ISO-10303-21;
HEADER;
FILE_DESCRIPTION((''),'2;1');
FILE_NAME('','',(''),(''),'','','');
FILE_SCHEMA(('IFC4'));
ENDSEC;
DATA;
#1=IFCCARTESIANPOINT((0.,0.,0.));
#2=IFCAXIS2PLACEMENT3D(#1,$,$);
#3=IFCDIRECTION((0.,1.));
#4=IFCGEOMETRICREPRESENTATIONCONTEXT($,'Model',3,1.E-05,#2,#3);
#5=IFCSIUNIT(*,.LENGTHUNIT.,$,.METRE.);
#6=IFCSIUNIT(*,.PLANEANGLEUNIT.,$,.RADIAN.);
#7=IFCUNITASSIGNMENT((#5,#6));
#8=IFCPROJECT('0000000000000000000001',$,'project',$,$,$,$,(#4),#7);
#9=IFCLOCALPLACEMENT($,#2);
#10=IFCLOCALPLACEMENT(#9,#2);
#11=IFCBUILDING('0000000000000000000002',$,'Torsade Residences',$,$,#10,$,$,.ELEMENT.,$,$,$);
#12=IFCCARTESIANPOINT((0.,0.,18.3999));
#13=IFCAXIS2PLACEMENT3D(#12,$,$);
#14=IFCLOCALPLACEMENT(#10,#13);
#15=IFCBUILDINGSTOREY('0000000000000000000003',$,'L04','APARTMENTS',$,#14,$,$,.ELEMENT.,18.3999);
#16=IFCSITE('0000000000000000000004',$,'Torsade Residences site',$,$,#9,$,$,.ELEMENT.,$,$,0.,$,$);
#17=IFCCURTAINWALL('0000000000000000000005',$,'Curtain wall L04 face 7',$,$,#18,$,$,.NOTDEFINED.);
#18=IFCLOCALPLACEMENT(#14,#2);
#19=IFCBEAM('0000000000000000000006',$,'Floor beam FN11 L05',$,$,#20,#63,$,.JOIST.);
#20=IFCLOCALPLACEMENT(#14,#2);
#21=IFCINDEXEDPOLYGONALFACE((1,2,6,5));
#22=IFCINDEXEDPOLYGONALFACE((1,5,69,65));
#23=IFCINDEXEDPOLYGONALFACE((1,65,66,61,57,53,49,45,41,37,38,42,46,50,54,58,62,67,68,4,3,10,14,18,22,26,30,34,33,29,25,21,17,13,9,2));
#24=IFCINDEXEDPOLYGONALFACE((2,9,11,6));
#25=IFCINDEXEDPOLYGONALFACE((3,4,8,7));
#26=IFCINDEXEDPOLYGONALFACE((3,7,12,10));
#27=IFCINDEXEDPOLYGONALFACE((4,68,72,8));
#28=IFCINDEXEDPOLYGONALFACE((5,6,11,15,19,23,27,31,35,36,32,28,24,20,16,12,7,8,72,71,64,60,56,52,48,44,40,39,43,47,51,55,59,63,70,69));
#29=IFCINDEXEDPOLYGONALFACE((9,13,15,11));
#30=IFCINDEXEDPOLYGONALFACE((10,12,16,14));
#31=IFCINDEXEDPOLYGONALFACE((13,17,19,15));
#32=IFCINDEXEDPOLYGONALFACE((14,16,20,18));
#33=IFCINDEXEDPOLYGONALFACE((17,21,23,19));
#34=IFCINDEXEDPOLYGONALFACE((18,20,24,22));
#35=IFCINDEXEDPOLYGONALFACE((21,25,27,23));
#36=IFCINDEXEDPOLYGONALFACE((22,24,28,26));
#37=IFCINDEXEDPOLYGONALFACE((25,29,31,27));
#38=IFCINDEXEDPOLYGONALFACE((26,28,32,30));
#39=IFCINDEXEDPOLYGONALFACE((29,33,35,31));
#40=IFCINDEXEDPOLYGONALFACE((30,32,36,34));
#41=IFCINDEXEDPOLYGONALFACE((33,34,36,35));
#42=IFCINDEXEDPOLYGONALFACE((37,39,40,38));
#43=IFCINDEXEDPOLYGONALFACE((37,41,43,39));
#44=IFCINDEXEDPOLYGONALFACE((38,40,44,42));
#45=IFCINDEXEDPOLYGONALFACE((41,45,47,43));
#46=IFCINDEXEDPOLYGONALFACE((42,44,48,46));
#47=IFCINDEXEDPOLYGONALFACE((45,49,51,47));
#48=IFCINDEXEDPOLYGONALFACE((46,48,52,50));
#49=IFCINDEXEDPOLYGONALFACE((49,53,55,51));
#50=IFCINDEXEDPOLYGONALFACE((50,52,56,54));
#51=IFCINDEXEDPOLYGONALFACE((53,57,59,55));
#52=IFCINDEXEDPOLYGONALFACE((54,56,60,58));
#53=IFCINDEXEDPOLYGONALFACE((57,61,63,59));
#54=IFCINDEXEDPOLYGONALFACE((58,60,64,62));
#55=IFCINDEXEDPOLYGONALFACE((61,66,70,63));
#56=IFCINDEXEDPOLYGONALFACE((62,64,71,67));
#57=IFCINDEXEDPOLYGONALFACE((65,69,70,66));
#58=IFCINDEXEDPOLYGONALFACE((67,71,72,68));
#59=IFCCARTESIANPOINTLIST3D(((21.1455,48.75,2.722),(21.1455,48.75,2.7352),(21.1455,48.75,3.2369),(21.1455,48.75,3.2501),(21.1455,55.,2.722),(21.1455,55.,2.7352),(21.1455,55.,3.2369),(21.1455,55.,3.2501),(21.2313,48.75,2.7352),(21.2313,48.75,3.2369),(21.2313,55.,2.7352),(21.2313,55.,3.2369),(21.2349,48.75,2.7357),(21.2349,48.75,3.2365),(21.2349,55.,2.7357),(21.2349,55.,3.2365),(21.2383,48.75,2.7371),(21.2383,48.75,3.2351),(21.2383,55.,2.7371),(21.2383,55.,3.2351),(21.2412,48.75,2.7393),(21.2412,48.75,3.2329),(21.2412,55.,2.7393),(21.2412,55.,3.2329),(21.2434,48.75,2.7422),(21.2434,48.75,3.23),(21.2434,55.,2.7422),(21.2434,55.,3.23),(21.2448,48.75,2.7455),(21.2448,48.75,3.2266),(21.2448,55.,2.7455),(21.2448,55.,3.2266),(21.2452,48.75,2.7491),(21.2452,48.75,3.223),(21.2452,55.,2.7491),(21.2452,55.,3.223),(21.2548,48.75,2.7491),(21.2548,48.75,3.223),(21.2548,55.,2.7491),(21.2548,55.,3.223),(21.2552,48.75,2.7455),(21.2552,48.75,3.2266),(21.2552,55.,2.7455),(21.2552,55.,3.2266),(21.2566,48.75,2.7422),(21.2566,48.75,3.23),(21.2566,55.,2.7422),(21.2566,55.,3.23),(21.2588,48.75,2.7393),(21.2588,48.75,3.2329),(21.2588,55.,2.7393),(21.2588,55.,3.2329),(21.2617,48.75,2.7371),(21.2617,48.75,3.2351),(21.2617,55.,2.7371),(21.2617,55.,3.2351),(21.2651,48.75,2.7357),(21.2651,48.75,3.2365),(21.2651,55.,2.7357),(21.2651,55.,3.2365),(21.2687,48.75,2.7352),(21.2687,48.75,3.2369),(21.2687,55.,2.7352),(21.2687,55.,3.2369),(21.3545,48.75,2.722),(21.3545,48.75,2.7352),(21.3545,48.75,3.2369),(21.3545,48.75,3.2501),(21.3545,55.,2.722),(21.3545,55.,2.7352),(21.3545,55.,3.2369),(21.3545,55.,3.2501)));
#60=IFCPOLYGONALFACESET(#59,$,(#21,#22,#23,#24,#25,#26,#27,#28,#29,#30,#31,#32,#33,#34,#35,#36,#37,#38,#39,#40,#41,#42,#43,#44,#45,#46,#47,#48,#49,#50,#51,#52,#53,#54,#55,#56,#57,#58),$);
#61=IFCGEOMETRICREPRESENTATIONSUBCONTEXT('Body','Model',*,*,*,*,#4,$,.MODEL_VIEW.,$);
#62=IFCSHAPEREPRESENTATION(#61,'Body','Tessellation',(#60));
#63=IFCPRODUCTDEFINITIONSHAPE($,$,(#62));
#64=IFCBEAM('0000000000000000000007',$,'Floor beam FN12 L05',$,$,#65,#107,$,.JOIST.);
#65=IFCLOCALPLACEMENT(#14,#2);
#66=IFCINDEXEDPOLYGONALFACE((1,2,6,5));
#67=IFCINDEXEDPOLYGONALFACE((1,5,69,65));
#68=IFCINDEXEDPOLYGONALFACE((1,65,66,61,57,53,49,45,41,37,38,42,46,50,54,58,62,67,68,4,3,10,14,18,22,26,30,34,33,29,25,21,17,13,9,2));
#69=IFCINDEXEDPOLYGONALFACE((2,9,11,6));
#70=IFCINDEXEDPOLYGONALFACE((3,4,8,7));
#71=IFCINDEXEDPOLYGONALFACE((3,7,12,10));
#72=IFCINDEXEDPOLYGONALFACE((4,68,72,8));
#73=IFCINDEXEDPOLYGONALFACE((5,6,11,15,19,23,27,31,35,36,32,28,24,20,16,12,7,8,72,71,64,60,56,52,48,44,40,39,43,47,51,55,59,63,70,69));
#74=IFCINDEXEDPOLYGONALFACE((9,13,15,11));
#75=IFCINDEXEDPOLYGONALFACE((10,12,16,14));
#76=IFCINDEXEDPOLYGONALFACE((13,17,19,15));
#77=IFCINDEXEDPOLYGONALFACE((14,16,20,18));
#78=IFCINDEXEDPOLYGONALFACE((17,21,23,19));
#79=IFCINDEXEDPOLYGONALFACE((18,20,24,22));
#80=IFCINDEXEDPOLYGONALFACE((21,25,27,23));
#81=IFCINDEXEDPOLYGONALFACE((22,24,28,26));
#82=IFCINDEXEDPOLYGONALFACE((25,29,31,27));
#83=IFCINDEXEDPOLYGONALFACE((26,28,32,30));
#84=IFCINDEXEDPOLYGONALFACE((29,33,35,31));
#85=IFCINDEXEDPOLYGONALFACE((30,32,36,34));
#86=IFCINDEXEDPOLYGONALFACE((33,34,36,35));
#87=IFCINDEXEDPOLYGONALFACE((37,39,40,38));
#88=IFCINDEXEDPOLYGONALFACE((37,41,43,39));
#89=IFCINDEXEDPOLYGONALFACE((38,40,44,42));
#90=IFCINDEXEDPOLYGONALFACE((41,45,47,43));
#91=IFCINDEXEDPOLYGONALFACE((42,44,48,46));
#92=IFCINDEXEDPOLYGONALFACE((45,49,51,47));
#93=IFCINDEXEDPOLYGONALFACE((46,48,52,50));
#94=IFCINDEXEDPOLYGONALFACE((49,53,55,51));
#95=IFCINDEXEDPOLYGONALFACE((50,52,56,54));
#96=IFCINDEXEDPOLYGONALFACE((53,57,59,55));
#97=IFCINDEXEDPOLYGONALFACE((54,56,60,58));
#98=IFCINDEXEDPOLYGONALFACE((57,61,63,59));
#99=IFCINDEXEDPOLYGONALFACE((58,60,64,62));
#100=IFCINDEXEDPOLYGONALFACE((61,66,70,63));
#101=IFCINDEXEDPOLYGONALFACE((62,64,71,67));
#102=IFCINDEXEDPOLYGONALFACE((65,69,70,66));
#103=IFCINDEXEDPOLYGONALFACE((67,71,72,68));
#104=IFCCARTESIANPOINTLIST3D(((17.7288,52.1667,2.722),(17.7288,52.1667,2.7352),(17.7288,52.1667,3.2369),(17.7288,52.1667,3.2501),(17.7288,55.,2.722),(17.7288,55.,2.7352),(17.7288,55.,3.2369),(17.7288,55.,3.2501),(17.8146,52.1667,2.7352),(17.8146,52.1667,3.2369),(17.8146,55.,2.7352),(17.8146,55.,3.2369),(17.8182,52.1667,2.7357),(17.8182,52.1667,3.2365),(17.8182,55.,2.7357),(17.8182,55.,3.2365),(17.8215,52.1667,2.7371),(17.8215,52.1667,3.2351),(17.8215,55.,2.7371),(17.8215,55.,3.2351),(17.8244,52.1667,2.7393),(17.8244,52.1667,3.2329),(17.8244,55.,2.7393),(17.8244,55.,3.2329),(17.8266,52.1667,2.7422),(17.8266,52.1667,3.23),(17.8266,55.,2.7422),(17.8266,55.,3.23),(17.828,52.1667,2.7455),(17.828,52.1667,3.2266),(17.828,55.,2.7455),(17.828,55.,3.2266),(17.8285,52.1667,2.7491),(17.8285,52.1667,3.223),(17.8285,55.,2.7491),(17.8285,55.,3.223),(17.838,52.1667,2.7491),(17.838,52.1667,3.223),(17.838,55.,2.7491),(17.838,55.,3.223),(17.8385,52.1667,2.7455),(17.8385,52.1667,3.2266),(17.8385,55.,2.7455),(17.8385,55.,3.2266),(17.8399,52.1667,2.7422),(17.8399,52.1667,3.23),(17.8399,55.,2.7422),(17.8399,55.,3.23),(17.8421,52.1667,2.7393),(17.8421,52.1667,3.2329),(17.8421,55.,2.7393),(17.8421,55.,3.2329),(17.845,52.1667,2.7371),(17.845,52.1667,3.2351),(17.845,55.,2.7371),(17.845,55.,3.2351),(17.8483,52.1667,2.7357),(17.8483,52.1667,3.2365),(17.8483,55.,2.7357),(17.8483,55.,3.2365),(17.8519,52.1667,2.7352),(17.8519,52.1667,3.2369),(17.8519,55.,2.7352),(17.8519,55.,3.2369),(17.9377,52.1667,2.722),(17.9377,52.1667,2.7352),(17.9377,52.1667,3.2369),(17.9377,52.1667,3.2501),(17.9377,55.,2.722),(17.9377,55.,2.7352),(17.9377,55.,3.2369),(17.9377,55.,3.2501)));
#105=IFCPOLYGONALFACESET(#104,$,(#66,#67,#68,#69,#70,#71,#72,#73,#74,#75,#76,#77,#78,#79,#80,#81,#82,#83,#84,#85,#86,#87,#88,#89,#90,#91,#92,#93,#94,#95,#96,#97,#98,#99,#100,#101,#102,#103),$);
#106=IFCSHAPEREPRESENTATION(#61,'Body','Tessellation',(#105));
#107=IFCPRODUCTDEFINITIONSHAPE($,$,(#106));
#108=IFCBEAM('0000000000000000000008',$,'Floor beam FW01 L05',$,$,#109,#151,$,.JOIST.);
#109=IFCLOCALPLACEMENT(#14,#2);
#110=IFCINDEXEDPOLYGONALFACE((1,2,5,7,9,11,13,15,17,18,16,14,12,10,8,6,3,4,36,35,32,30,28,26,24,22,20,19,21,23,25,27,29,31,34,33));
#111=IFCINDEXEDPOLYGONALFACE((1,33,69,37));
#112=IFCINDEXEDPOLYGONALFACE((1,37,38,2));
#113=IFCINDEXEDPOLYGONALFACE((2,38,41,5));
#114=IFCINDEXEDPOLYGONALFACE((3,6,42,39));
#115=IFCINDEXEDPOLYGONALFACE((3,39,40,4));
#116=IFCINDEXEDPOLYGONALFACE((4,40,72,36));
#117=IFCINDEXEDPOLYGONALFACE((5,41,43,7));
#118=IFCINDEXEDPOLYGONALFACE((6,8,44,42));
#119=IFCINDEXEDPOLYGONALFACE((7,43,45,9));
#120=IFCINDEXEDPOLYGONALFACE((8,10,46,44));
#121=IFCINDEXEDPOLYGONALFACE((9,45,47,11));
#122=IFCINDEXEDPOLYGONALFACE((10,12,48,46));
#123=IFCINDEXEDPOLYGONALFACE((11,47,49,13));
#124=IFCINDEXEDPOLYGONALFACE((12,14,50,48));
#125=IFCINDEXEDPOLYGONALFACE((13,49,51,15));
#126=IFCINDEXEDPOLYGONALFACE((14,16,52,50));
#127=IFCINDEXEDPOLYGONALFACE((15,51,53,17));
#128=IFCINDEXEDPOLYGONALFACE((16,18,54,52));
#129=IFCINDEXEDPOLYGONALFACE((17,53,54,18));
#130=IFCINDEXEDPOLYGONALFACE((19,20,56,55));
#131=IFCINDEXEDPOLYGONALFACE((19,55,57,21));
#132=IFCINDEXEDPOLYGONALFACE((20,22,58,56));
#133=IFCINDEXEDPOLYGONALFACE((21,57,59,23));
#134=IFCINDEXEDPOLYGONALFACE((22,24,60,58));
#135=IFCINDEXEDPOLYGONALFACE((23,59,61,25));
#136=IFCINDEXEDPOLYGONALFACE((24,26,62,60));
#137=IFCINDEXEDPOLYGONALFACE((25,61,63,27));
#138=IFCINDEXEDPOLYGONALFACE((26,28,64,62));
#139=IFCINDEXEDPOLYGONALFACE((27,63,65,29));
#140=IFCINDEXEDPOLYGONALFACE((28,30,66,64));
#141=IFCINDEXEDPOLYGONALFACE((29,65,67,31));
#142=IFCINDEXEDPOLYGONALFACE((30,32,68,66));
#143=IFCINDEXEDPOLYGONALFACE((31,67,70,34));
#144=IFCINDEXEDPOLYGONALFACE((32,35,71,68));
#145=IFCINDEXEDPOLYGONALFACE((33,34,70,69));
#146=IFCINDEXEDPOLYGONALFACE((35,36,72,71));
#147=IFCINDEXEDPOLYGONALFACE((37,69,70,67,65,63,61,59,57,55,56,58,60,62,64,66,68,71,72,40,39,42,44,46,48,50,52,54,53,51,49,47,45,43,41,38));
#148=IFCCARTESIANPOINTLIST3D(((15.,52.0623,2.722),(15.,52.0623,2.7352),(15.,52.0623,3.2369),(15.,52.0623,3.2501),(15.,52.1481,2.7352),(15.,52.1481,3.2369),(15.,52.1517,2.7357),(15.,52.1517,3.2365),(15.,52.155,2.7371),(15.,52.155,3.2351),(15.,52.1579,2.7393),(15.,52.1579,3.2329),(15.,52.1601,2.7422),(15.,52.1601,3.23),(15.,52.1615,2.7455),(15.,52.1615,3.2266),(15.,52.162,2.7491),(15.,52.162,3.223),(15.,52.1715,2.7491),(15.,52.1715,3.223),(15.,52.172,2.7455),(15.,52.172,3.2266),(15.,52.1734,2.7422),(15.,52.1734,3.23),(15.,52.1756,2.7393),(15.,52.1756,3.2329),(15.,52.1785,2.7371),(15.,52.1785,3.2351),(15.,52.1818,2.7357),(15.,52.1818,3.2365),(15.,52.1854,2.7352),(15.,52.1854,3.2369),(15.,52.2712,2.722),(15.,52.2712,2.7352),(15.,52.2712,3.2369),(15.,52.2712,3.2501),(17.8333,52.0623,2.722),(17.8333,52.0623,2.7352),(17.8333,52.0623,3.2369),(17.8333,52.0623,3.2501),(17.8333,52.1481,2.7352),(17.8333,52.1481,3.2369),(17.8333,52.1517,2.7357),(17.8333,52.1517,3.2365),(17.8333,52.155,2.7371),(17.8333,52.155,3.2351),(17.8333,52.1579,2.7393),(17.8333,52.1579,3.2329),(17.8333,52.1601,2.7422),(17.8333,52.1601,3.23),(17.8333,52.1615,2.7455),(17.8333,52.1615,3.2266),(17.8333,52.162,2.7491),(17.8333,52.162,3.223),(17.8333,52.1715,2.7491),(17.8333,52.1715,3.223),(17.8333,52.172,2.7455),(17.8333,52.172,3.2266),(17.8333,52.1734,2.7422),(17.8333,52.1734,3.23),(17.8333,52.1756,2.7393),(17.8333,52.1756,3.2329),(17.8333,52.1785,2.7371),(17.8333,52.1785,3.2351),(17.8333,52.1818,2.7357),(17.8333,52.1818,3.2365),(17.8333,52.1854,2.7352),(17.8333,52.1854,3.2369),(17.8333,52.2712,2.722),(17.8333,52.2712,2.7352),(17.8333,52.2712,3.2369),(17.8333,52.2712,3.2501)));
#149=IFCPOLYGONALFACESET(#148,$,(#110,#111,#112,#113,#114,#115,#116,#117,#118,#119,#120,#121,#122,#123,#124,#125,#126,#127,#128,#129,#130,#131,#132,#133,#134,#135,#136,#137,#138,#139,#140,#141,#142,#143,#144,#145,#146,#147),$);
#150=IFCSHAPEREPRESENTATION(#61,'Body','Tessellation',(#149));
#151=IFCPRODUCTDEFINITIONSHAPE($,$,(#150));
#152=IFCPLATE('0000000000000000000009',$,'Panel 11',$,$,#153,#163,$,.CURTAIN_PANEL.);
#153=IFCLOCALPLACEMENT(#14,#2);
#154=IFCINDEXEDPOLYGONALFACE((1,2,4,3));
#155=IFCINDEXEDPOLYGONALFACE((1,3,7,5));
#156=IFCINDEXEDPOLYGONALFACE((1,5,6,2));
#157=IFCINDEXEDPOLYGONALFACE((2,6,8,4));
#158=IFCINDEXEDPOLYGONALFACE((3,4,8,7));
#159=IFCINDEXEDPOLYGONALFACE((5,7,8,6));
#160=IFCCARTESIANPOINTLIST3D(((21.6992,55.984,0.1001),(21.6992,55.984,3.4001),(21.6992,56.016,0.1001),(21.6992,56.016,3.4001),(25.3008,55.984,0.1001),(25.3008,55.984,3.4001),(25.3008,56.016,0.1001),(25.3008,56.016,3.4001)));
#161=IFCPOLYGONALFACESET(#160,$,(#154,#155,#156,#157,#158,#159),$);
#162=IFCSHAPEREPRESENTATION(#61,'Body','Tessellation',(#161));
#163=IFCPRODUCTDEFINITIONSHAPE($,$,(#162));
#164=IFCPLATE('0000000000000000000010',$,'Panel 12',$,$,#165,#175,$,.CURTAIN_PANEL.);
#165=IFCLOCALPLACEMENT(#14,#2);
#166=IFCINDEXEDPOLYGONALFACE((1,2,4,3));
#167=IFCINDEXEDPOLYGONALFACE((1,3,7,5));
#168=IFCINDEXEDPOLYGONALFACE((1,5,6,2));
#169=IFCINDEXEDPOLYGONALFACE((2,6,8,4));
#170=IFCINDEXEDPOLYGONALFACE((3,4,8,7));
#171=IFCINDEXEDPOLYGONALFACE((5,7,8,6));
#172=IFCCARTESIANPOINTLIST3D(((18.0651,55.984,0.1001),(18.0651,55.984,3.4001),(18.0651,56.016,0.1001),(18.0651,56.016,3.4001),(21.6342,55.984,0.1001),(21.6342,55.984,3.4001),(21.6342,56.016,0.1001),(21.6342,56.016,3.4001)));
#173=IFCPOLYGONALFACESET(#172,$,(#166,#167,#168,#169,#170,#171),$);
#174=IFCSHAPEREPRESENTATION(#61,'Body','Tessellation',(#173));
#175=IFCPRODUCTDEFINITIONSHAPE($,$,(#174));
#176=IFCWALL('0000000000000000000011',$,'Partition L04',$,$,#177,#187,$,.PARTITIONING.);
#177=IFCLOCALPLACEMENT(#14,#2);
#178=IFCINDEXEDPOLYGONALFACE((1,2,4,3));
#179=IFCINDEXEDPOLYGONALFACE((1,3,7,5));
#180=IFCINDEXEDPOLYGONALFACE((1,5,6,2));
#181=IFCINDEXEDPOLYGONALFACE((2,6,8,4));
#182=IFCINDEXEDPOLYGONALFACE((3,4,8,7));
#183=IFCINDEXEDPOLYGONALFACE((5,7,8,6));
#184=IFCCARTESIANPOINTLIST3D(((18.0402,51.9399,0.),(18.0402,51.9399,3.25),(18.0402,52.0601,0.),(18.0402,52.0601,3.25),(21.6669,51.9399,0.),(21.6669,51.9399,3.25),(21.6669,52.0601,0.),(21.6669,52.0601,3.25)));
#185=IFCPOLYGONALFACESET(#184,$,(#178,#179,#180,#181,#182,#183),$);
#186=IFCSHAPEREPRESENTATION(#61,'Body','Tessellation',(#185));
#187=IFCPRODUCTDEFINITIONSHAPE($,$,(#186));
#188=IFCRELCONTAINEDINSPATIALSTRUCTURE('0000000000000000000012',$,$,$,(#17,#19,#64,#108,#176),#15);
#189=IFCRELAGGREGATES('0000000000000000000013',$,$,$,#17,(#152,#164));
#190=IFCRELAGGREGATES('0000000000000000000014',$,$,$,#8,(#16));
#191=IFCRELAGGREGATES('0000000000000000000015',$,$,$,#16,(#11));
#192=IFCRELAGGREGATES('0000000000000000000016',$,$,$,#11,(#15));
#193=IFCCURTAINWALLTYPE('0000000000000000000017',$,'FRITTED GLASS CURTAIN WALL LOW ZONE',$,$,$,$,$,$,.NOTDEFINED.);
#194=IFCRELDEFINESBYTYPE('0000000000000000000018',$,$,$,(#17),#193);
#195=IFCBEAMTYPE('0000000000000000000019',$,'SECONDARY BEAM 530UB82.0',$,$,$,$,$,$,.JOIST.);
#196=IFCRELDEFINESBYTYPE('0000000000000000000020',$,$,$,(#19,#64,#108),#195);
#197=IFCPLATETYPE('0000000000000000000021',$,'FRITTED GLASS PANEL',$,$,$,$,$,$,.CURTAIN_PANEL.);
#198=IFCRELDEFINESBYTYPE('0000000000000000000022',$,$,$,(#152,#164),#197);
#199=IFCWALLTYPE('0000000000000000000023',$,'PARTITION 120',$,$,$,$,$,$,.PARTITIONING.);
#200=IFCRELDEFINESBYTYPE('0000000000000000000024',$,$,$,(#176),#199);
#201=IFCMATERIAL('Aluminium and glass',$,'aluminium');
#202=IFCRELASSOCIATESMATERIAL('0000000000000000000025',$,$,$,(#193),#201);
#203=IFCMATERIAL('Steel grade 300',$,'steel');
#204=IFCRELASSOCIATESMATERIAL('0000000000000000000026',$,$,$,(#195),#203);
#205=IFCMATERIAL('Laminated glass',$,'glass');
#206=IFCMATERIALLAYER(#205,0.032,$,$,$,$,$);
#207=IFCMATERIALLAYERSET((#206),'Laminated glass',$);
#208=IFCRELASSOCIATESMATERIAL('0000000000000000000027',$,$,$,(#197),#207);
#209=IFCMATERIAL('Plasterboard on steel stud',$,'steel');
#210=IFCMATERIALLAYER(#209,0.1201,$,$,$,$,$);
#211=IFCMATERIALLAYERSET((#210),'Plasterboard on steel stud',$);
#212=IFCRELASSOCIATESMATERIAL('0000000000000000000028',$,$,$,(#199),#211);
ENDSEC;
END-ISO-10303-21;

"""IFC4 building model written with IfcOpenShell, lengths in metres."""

from ifc_helpers import new_model, si_unit, direction, frame, frame_2d, origin, origin_2d, place, context, subcontext, project, spatial, rectangle, i_section, extrude, material, layer, layer_set, material_profile, profile_set, type_object, element, aggregate, save


model = new_model("IFC4")

# Units and contexts
model_context = context("Model", 3, precision=1e-05, world=origin(), true_north=direction((0.0, 1.0)))
body_context = subcontext(model_context, "Body", "Model", "MODEL_VIEW")
ifc_project = project(units=[si_unit("LENGTHUNIT", "METRE"), si_unit("PLANEANGLEUNIT", "RADIAN")], contexts=[model_context])

# Site, building, storey
site_placement = place(None, origin())
site = spatial("IfcSite", under=ifc_project, at=site_placement, Name="Torsade Residences site", CompositionType="ELEMENT", RefElevation=0.0)
building_placement = place(site_placement, origin())
building = spatial("IfcBuilding", under=site, at=building_placement, Name="Torsade Residences", CompositionType="ELEMENT")
storey_placement = place(building_placement, frame((0.0, 0.0, 18.3999)))
storey = spatial("IfcBuildingStorey", under=building, at=storey_placement, Name="L04", Description="APARTMENTS", CompositionType="ELEMENT", Elevation=18.3999)

# Curtain wall
ifc_material_1 = material(Name="Aluminium and glass", Category="aluminium")
curtain_wall_type = type_object("IfcCurtainWallType", Name="FRITTED GLASS CURTAIN WALL LOW ZONE", PredefinedType="NOTDEFINED", material=ifc_material_1)
curtain_wall_placement = place(storey_placement, origin())
curtain_wall = element("IfcCurtainWall", 1, at=curtain_wall_placement, inside=storey, type_object=curtain_wall_type, Name="Curtain wall L04 face 7", PredefinedType="NOTDEFINED")

# Beams
ifc_material_2 = material(Name="Steel grade 300", Category="steel")
ifc_material_profile_1 = material_profile(ifc_material_2, i_section(OverallWidth=0.209, OverallDepth=0.5281, WebThickness=0.0095, FlangeThickness=0.0132, FilletRadius=0.0139, at=origin_2d()), Name="530UB82.0")
ifc_profile_set_1 = profile_set([ifc_material_profile_1], Name="Steel grade 300")
beam_type_1 = type_object("IfcBeamType", Name="SECONDARY BEAM 530UB82.0", PredefinedType="JOIST", material=ifc_profile_set_1)
beam_1_placement = place(storey_placement, frame((21.25, 55.0, 2.9861), z_axis=(0.0, -1.0, 0.0), x_axis=(1.0, 0.0, 0.0)))
element("IfcBeam", 2, at=beam_1_placement, inside=storey, type_object=beam_type_1, Name="Floor beam FN11 L05", PredefinedType="JOIST", context=body_context, shape_type="SweptSolid", body=[
    extrude(i_section(OverallWidth=0.209, OverallDepth=0.5281, WebThickness=0.0095, FlangeThickness=0.0132, FilletRadius=0.0139, at=origin_2d()), origin(), (0.0, 0.0, 1.0), 6.25),
])
for number, where, z_axis, x_axis, name in (
    (3, (17.8333, 55.0, 2.9861), (0.0, -1.0, 0.0), (1.0, 0.0, 0.0), "Floor beam FN12 L05"),
    (4, (15.0, 52.1667, 2.9861), (1.0, 0.0, 0.0), (0.0, 1.0, 0.0), "Floor beam FW01 L05"),
):
    element("IfcBeam", number, at=place(storey_placement, frame(where, z_axis=z_axis, x_axis=x_axis)), inside=storey, type_object=beam_type_1, Name=name, PredefinedType="JOIST", context=body_context, shape_type="SweptSolid", body=[
        extrude(i_section(OverallWidth=0.209, OverallDepth=0.5281, WebThickness=0.0095, FlangeThickness=0.0132, FilletRadius=0.0139, at=origin_2d()), origin(), (0.0, 0.0, 1.0), 2.8333),
    ])

# Plates
ifc_material_3 = material(Name="Laminated glass", Category="glass")
ifc_layer_1 = layer(ifc_material_3, 0.032)
ifc_layer_set_1 = layer_set([ifc_layer_1], Name="Laminated glass")
plate_type = type_object("IfcPlateType", Name="FRITTED GLASS PANEL", PredefinedType="CURTAIN_PANEL", material=ifc_layer_set_1)
plate_1_placement = place(storey_placement, frame((23.5, 56.0, 0.1001), z_axis=(0.0, 0.0, 1.0), x_axis=(-1.0, 0.0, 0.0)))
plate_1 = element("IfcPlate", 5, at=plate_1_placement, type_object=plate_type, Name="Panel 11", PredefinedType="CURTAIN_PANEL", context=body_context, shape_type="SweptSolid", body=[
    extrude(rectangle(XDim=3.6016, YDim=0.032, at=origin_2d()), origin(), (0.0, 0.0, 1.0), 3.3),
])
plate_2_placement = place(storey_placement, frame((19.8496, 56.0, 0.1001), z_axis=(0.0, 0.0, 1.0), x_axis=(-1.0, 0.0, 0.0)))
plate_2 = element("IfcPlate", 6, at=plate_2_placement, type_object=plate_type, Name="Panel 12", PredefinedType="CURTAIN_PANEL", context=body_context, shape_type="SweptSolid", body=[
    extrude(rectangle(XDim=3.5691, YDim=0.032, at=origin_2d()), origin(), (0.0, 0.0, 1.0), 3.3),
])
aggregate(curtain_wall, [plate_1, plate_2])

# Wall
ifc_material_4 = material(Name="Plasterboard on steel stud", Category="steel")
ifc_layer_2 = layer(ifc_material_4, 0.1201)
ifc_layer_set_2 = layer_set([ifc_layer_2], Name="Plasterboard on steel stud")
wall_type_1 = type_object("IfcWallType", Name="PARTITION 120", PredefinedType="PARTITIONING", material=ifc_layer_set_2)
wall_1_placement = place(storey_placement, frame((18.04, 52.0, 0.0), z_axis=(0.0, 0.0, 1.0), x_axis=(1.0, 0.0, 0.0)))
element("IfcWall", 7, at=wall_1_placement, inside=storey, type_object=wall_type_1, Name="Partition L04", PredefinedType="PARTITIONING", context=body_context, shape_type="SweptSolid", body=[
    extrude(rectangle(XDim=3.6267, YDim=0.1201, at=frame_2d((1.8135, 0.0))), origin(), (0.0, 0.0, 1.0), 3.25),
])

save(model, "model.ifc")
